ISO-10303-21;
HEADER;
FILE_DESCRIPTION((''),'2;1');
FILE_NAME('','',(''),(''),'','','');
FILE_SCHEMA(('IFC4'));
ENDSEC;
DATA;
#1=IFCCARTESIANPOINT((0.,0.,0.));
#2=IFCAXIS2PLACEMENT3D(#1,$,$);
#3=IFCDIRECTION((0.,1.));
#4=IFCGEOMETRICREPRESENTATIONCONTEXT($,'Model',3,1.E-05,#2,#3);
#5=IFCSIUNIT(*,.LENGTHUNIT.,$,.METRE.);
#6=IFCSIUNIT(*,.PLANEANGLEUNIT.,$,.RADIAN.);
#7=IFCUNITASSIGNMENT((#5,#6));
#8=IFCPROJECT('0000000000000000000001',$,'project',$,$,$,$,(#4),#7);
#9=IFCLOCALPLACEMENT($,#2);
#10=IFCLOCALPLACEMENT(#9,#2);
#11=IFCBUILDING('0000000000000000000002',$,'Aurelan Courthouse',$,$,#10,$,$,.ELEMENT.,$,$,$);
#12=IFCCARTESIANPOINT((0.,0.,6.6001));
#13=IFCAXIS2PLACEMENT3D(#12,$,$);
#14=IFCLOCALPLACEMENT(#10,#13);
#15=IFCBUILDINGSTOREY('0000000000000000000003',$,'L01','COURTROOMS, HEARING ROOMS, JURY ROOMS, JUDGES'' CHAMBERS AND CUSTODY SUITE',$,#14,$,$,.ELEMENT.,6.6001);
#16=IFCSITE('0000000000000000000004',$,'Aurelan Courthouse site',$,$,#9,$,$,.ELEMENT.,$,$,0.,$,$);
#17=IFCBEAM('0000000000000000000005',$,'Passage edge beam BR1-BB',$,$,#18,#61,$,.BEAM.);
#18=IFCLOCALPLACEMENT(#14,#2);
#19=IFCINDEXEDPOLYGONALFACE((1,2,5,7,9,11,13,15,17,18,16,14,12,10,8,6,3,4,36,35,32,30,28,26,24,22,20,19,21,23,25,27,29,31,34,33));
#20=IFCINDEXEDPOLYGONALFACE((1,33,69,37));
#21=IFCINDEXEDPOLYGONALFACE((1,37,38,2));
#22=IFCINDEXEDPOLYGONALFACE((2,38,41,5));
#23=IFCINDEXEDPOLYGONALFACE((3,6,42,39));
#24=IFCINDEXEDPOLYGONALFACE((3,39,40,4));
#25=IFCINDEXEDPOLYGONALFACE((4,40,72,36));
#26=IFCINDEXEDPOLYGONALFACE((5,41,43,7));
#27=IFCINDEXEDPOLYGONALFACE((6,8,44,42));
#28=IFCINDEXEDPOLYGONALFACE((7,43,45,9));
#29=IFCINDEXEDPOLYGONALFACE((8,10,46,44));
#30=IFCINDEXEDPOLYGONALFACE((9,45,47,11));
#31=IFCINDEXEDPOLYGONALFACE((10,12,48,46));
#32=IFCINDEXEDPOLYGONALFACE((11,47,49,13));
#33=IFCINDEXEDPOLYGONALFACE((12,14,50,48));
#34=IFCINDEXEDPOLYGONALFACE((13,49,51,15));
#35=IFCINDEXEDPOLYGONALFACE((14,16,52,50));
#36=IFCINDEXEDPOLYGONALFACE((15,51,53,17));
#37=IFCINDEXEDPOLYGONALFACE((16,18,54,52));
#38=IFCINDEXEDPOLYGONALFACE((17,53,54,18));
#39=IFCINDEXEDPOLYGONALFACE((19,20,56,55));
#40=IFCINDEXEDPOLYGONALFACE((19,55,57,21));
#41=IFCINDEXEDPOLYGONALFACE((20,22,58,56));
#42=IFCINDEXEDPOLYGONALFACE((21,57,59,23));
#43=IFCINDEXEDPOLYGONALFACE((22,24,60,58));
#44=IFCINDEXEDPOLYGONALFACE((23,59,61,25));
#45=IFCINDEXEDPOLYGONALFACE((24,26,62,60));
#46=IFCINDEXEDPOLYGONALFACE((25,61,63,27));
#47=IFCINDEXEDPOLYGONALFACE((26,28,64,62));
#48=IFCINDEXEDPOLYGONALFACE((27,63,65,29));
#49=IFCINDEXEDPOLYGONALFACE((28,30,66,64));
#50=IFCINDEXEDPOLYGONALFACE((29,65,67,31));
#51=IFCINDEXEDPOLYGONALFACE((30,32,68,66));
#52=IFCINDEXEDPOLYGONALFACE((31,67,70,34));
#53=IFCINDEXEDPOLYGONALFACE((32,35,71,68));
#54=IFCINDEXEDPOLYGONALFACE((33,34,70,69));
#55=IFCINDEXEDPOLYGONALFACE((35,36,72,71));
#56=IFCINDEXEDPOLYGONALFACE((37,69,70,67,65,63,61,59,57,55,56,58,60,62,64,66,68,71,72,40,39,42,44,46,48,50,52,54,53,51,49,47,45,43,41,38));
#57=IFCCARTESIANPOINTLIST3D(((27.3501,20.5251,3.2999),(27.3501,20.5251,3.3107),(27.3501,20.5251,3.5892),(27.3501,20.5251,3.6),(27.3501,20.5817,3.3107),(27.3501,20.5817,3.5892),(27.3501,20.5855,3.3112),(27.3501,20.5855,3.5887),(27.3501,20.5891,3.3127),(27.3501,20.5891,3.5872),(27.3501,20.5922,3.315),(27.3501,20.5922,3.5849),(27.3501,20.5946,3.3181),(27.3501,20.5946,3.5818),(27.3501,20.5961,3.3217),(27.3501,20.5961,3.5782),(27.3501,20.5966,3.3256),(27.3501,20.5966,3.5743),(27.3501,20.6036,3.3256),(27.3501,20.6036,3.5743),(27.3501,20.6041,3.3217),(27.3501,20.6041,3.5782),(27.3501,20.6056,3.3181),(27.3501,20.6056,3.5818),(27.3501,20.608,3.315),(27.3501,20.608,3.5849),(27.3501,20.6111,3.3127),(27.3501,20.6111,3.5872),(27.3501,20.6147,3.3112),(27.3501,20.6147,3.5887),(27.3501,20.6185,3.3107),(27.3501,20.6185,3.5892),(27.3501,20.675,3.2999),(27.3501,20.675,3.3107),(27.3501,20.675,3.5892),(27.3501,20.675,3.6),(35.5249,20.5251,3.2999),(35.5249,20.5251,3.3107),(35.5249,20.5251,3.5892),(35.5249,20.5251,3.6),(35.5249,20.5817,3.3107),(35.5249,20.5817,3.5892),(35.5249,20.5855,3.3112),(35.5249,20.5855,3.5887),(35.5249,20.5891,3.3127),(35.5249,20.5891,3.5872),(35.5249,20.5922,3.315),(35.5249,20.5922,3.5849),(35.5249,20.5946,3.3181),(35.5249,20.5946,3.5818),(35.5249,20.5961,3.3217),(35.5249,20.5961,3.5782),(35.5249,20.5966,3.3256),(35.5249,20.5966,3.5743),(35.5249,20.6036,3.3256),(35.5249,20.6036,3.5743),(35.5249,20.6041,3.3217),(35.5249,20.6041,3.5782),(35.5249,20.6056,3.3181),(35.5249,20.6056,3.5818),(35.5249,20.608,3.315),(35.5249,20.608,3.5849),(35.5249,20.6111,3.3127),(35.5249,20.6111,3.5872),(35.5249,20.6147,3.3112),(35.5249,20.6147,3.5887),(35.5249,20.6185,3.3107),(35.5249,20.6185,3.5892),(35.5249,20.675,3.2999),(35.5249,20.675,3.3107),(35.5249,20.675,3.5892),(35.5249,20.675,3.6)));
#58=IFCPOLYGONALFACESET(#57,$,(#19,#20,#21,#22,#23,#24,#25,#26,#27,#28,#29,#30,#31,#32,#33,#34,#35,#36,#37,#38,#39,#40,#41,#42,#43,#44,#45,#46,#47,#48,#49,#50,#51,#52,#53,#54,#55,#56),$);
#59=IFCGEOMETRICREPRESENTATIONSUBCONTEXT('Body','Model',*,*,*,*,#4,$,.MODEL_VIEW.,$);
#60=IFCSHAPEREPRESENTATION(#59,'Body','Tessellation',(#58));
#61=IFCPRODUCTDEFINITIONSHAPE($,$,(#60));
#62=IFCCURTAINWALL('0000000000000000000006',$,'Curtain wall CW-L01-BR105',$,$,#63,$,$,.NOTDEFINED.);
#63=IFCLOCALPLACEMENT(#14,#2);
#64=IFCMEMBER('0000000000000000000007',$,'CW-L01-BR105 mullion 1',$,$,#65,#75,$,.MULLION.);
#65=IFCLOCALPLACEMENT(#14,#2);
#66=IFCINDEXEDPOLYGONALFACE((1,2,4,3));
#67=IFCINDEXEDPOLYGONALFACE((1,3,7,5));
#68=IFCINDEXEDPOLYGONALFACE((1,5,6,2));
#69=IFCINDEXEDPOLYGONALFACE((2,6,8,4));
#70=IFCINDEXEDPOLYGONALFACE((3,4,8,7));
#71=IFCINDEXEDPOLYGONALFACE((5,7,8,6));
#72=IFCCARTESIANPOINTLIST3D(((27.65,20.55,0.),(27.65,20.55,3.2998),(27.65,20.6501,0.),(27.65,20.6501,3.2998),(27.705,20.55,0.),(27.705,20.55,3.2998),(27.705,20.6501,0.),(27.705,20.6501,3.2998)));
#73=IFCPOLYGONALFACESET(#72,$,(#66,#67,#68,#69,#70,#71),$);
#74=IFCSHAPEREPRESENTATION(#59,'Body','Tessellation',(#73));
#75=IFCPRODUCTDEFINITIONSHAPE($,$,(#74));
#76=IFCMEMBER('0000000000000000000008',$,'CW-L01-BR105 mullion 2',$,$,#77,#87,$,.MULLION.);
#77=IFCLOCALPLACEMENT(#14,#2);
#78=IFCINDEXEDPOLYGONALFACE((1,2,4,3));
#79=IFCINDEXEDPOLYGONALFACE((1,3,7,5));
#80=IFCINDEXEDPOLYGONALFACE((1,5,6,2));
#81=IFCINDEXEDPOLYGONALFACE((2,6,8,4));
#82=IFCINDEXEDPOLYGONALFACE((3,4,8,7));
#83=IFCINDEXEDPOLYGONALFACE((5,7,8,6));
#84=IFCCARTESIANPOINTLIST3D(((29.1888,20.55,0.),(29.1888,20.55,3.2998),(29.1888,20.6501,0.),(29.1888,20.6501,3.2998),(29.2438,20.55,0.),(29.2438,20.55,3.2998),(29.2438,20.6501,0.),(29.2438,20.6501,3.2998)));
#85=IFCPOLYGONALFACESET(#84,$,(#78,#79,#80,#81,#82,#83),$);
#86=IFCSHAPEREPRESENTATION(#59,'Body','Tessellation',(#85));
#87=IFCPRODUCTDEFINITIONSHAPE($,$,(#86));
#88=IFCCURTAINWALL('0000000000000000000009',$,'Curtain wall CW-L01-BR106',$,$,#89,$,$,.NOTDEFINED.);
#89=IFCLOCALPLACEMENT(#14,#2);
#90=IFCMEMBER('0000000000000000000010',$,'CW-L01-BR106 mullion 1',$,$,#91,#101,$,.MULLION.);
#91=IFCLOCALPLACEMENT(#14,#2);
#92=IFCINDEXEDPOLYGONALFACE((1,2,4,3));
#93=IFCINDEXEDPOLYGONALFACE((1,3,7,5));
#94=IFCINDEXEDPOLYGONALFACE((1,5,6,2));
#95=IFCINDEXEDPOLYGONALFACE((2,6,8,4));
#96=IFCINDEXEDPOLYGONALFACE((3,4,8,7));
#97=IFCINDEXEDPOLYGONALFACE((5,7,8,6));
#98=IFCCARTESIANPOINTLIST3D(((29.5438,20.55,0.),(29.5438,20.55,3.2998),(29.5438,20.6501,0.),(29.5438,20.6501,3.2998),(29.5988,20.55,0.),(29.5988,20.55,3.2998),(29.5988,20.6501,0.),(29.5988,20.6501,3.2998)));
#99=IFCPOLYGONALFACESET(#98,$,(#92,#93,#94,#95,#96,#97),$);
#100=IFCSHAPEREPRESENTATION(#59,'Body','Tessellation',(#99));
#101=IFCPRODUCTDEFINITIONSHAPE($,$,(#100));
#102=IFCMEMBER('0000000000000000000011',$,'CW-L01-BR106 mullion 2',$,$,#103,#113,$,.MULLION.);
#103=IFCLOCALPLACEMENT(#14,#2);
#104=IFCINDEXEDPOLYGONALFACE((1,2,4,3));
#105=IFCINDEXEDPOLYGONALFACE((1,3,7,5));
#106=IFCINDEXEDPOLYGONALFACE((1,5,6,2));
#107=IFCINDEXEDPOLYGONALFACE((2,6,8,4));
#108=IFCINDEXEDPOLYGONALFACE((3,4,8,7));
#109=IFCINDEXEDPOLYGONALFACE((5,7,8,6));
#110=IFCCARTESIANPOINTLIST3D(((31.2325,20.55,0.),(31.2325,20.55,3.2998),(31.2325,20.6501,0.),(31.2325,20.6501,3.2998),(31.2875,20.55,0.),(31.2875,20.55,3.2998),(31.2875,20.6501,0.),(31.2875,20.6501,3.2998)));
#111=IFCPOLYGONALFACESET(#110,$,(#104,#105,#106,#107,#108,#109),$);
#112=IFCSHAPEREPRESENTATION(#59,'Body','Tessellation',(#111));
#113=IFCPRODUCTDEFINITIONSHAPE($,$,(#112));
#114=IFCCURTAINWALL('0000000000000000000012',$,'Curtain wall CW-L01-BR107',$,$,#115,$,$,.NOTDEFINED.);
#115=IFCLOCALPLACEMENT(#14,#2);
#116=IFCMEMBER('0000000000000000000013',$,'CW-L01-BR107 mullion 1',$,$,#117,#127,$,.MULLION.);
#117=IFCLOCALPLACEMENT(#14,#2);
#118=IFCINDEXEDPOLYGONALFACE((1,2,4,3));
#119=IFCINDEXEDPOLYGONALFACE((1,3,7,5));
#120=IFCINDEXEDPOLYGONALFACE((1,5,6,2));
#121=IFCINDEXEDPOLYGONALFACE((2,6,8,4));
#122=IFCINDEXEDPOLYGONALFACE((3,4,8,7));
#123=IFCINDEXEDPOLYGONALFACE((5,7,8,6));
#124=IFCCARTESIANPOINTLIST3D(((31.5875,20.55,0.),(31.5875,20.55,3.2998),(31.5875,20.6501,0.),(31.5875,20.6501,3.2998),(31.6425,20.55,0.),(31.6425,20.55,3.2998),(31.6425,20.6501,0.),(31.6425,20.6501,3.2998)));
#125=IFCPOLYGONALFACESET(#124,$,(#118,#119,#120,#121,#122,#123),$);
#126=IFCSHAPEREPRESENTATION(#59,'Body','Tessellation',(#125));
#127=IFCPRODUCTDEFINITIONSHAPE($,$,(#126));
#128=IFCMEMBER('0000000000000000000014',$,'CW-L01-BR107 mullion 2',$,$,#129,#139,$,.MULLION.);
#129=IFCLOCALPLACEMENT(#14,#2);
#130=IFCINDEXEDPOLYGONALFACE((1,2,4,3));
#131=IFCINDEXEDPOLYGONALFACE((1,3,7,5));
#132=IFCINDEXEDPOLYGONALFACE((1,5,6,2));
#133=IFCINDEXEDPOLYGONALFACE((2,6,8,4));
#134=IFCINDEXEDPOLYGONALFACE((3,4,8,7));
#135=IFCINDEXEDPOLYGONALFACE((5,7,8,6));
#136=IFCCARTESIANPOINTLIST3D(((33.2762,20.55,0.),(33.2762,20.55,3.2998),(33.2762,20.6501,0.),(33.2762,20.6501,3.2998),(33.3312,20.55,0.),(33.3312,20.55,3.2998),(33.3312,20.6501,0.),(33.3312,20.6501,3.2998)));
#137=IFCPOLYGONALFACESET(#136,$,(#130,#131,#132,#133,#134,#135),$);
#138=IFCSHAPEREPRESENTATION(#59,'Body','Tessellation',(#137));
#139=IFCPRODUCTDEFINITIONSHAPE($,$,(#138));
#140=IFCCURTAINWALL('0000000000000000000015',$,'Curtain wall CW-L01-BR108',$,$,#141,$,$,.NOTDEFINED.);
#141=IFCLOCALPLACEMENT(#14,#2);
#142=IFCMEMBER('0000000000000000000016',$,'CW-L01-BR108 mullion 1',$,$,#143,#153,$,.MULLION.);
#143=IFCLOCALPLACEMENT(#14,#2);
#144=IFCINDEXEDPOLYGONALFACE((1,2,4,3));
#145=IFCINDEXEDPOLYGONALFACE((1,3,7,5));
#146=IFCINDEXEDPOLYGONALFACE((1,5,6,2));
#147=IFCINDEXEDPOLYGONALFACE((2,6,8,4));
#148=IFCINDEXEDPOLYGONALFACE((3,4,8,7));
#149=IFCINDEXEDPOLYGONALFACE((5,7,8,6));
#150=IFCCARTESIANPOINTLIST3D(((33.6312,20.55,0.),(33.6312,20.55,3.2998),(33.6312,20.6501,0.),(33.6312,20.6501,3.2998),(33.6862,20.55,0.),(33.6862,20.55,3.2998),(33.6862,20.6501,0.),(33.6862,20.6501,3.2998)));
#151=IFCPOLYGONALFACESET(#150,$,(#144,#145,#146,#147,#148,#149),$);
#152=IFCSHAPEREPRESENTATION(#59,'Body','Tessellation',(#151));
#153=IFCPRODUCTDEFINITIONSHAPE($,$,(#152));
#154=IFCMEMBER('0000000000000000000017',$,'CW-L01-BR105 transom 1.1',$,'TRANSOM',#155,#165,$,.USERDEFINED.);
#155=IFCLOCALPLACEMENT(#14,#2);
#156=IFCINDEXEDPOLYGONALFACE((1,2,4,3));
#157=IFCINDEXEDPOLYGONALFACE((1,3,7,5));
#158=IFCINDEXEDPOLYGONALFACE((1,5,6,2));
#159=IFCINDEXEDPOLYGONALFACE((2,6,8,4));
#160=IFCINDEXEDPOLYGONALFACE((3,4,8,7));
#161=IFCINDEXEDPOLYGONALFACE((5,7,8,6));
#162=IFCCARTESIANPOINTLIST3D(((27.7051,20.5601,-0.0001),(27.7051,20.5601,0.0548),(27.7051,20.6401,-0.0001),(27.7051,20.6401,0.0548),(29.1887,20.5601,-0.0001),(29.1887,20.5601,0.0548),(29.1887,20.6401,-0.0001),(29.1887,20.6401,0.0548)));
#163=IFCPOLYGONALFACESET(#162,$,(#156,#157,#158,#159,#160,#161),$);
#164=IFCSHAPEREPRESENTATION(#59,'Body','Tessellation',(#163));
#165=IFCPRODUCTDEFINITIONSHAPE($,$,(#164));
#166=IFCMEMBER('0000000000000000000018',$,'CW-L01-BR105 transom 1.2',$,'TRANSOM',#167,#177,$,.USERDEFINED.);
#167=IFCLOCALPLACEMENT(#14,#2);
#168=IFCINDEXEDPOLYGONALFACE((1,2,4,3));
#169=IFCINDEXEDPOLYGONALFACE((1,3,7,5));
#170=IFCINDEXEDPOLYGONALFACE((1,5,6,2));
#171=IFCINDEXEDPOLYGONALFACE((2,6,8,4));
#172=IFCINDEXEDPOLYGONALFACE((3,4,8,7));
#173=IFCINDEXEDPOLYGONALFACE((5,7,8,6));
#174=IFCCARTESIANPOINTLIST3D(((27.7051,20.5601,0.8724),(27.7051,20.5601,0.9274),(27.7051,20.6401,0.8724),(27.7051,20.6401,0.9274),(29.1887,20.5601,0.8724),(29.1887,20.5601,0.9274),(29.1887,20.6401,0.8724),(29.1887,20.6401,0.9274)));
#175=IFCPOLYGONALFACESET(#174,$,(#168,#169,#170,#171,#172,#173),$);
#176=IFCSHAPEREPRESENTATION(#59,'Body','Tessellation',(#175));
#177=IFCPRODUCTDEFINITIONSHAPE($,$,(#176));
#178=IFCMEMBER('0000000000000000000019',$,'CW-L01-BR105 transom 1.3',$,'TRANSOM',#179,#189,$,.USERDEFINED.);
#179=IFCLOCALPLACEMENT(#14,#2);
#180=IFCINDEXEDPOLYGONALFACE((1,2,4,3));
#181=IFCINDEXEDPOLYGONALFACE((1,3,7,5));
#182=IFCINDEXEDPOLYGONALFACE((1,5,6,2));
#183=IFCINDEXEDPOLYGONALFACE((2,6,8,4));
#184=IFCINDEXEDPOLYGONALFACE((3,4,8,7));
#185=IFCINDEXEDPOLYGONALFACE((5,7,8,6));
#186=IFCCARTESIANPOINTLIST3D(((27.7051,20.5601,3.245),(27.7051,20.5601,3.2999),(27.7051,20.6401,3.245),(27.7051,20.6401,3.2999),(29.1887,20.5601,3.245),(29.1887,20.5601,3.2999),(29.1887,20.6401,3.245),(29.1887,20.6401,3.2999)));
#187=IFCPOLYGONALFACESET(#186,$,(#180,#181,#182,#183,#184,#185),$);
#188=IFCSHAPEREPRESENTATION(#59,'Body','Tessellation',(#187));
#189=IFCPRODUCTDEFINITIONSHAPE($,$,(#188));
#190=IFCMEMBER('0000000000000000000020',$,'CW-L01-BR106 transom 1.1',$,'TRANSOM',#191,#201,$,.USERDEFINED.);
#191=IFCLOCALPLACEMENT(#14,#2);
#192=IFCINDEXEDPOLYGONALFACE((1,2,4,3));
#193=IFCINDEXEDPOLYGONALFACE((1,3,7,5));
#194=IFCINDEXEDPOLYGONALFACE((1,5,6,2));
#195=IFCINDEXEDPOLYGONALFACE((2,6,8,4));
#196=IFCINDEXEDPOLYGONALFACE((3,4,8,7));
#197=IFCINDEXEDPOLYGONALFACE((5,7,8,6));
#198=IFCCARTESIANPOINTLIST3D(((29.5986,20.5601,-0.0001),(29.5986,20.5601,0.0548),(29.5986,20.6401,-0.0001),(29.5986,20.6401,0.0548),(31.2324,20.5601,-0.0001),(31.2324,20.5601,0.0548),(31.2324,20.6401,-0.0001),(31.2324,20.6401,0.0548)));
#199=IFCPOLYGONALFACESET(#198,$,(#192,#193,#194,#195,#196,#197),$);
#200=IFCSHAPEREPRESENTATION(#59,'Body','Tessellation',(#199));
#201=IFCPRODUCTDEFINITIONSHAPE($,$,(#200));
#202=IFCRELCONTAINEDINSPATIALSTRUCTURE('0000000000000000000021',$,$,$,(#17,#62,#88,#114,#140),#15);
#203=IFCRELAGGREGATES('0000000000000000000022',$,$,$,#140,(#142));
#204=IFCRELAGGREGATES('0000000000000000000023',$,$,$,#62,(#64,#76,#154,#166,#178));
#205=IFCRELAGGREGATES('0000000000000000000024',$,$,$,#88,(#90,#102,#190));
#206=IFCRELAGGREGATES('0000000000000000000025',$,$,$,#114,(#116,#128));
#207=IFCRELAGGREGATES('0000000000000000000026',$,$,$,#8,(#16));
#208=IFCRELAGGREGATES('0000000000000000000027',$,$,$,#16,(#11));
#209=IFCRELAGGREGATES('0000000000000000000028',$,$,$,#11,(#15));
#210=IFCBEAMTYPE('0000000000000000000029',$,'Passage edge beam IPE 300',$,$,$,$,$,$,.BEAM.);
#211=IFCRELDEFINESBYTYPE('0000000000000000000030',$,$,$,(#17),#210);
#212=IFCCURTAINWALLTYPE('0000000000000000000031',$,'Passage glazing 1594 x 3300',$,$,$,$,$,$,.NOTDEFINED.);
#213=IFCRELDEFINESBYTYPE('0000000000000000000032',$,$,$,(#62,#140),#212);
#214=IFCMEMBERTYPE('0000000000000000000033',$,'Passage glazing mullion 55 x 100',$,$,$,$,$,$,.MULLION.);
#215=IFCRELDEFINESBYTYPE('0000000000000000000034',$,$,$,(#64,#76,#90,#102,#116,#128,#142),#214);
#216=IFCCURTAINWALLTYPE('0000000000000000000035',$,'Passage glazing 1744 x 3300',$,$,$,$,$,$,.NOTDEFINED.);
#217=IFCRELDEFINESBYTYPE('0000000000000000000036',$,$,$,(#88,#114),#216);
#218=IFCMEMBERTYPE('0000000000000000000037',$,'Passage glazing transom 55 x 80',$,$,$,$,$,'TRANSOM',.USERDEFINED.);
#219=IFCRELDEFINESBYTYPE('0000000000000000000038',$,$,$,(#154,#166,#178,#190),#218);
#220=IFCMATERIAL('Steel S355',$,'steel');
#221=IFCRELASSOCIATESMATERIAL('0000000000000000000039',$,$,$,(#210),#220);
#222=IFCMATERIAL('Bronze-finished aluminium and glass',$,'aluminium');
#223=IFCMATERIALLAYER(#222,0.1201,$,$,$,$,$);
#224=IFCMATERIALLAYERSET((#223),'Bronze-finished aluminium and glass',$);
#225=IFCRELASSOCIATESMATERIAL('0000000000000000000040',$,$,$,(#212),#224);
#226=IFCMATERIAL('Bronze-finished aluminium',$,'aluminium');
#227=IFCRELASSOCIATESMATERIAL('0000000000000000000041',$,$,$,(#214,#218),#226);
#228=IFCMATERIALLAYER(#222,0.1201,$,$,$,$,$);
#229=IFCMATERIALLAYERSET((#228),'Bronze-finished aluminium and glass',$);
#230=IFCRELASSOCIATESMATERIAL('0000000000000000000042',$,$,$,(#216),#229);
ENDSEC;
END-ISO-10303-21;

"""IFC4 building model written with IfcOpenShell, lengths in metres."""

from ifc_helpers import new_model, si_unit, direction, frame, origin, origin_2d, place, context, subcontext, project, spatial, rectangle, i_section, extrude, material, layer, layer_set, material_profile, profile_set, type_object, element, aggregate, save


model = new_model("IFC4")

# Units and contexts
model_context = context("Model", 3, precision=1e-05, world=origin(), true_north=direction((0.0, 1.0)))
body_context = subcontext(model_context, "Body", "Model", "MODEL_VIEW")
ifc_project = project(units=[si_unit("LENGTHUNIT", "METRE"), si_unit("PLANEANGLEUNIT", "RADIAN")], contexts=[model_context])

# Site, building, storey
site_placement = place(None, origin())
site = spatial("IfcSite", under=ifc_project, at=site_placement, Name="Aurelan Courthouse site", CompositionType="ELEMENT", RefElevation=0.0)
building_placement = place(site_placement, origin())
building = spatial("IfcBuilding", under=site, at=building_placement, Name="Aurelan Courthouse", CompositionType="ELEMENT")
storey_placement = place(building_placement, frame((0.0, 0.0, 6.6001)))
storey = spatial("IfcBuildingStorey", under=building, at=storey_placement, Name="L01", Description="COURTROOMS, HEARING ROOMS, JURY ROOMS, JUDGES' CHAMBERS AND CUSTODY SUITE", CompositionType="ELEMENT", Elevation=6.6001)

# Shared definitions
ifc_material_1 = material(Name="Steel S355", Category="steel")

# Beam
ifc_material_profile_1 = material_profile(ifc_material_1, i_section(OverallWidth=0.1499, OverallDepth=0.3, WebThickness=0.0071, FlangeThickness=0.0107, FilletRadius=0.0149, at=origin_2d()), Name="IPE 300")
ifc_profile_set_1 = profile_set([ifc_material_profile_1], Name="Steel S355")
beam_type_1 = type_object("IfcBeamType", Name="Passage edge beam IPE 300", PredefinedType="BEAM", material=ifc_profile_set_1)
beam_1_placement = place(storey_placement, frame((27.3501, 20.6001, 3.45), z_axis=(1.0, 0.0, 0.0), x_axis=(0.0, 1.0, 0.0)))
element("IfcBeam", 1, at=beam_1_placement, inside=storey, type_object=beam_type_1, Name="Passage edge beam BR1-BB", PredefinedType="BEAM", context=body_context, shape_type="SweptSolid", body=[
    extrude(i_section(OverallWidth=0.1499, OverallDepth=0.3, WebThickness=0.0071, FlangeThickness=0.0107, FilletRadius=0.0149, at=origin_2d()), origin(), (0.0, 0.0, 1.0), 8.1748),
])

# Curtain walls, members
ifc_material_2 = material(Name="Bronze-finished aluminium and glass", Category="aluminium")
ifc_layer_1 = layer(ifc_material_2, 0.1201)
ifc_layer_set_1 = layer_set([ifc_layer_1], Name="Bronze-finished aluminium and glass")
curtain_wall_type_1 = type_object("IfcCurtainWallType", Name="Passage glazing 1594 x 3300", PredefinedType="NOTDEFINED", material=ifc_layer_set_1)
curtain_wall_1_placement = place(storey_placement, origin())
curtain_wall_1 = element("IfcCurtainWall", 2, at=curtain_wall_1_placement, inside=storey, type_object=curtain_wall_type_1, Name="Curtain wall CW-L01-BR105", PredefinedType="NOTDEFINED")
ifc_material_3 = material(Name="Bronze-finished aluminium", Category="aluminium")
ifc_material_profile_2 = material_profile(ifc_material_3, rectangle(XDim=0.1001, YDim=0.0549, at=origin_2d()), Name="Passage glazing mullion 55 x 100")
ifc_profile_set_2 = profile_set([ifc_material_profile_2], Name="Bronze-finished aluminium")
member_type_1 = type_object("IfcMemberType", Name="Passage glazing mullion 55 x 100", PredefinedType="MULLION", material=ifc_profile_set_2)
member_1_placement = place(storey_placement, frame((27.6775, 20.6001, 0.0), z_axis=(0.0, 0.0, 1.0), x_axis=(0.0, 1.0, 0.0)))
member_1 = element("IfcMember", 3, at=member_1_placement, type_object=member_type_1, Name="CW-L01-BR105 mullion 1", PredefinedType="MULLION", context=body_context, shape_type="SweptSolid", body=[
    extrude(rectangle(XDim=0.1001, YDim=0.0549, at=origin_2d()), origin(), (0.0, 0.0, 1.0), 3.2998),
])
member_2_placement = place(storey_placement, frame((29.2163, 20.6001, 0.0), z_axis=(0.0, 0.0, 1.0), x_axis=(0.0, 1.0, 0.0)))
member_2 = element("IfcMember", 4, at=member_2_placement, type_object=member_type_1, Name="CW-L01-BR105 mullion 2", PredefinedType="MULLION", context=body_context, shape_type="SweptSolid", body=[
    extrude(rectangle(XDim=0.1001, YDim=0.0549, at=origin_2d()), origin(), (0.0, 0.0, 1.0), 3.2998),
])
ifc_layer_2 = layer(ifc_material_2, 0.1201)
ifc_layer_set_2 = layer_set([ifc_layer_2], Name="Bronze-finished aluminium and glass")
curtain_wall_type_2 = type_object("IfcCurtainWallType", Name="Passage glazing 1744 x 3300", PredefinedType="NOTDEFINED", material=ifc_layer_set_2)
curtain_wall_2_placement = place(storey_placement, origin())
curtain_wall_2 = element("IfcCurtainWall", 5, at=curtain_wall_2_placement, inside=storey, type_object=curtain_wall_type_2, Name="Curtain wall CW-L01-BR106", PredefinedType="NOTDEFINED")
member_3_placement = place(storey_placement, frame((29.5713, 20.6001, 0.0), z_axis=(0.0, 0.0, 1.0), x_axis=(0.0, 1.0, 0.0)))
member_3 = element("IfcMember", 6, at=member_3_placement, type_object=member_type_1, Name="CW-L01-BR106 mullion 1", PredefinedType="MULLION", context=body_context, shape_type="SweptSolid", body=[
    extrude(rectangle(XDim=0.1001, YDim=0.0549, at=origin_2d()), origin(), (0.0, 0.0, 1.0), 3.2998),
])
member_4_placement = place(storey_placement, frame((31.26, 20.6001, 0.0), z_axis=(0.0, 0.0, 1.0), x_axis=(0.0, 1.0, 0.0)))
member_4 = element("IfcMember", 7, at=member_4_placement, type_object=member_type_1, Name="CW-L01-BR106 mullion 2", PredefinedType="MULLION", context=body_context, shape_type="SweptSolid", body=[
    extrude(rectangle(XDim=0.1001, YDim=0.0549, at=origin_2d()), origin(), (0.0, 0.0, 1.0), 3.2998),
])
curtain_wall_3_placement = place(storey_placement, origin())
curtain_wall_3 = element("IfcCurtainWall", 8, at=curtain_wall_3_placement, inside=storey, type_object=curtain_wall_type_2, Name="Curtain wall CW-L01-BR107", PredefinedType="NOTDEFINED")
member_5_placement = place(storey_placement, frame((31.615, 20.6001, 0.0), z_axis=(0.0, 0.0, 1.0), x_axis=(0.0, 1.0, 0.0)))
member_5 = element("IfcMember", 9, at=member_5_placement, type_object=member_type_1, Name="CW-L01-BR107 mullion 1", PredefinedType="MULLION", context=body_context, shape_type="SweptSolid", body=[
    extrude(rectangle(XDim=0.1001, YDim=0.0549, at=origin_2d()), origin(), (0.0, 0.0, 1.0), 3.2998),
])
member_6_placement = place(storey_placement, frame((33.3037, 20.6001, 0.0), z_axis=(0.0, 0.0, 1.0), x_axis=(0.0, 1.0, 0.0)))
member_6 = element("IfcMember", 10, at=member_6_placement, type_object=member_type_1, Name="CW-L01-BR107 mullion 2", PredefinedType="MULLION", context=body_context, shape_type="SweptSolid", body=[
    extrude(rectangle(XDim=0.1001, YDim=0.0549, at=origin_2d()), origin(), (0.0, 0.0, 1.0), 3.2998),
])

# Curtain wall, member
curtain_wall_4_placement = place(storey_placement, origin())
curtain_wall_4 = element("IfcCurtainWall", 11, at=curtain_wall_4_placement, inside=storey, type_object=curtain_wall_type_1, Name="Curtain wall CW-L01-BR108", PredefinedType="NOTDEFINED")
member_7_placement = place(storey_placement, frame((33.6587, 20.6001, 0.0), z_axis=(0.0, 0.0, 1.0), x_axis=(0.0, 1.0, 0.0)))
member_7 = element("IfcMember", 12, at=member_7_placement, type_object=member_type_1, Name="CW-L01-BR108 mullion 1", PredefinedType="MULLION", context=body_context, shape_type="SweptSolid", body=[
    extrude(rectangle(XDim=0.1001, YDim=0.0549, at=origin_2d()), origin(), (0.0, 0.0, 1.0), 3.2998),
])

# Members
ifc_material_profile_3 = material_profile(ifc_material_3, rectangle(XDim=0.0801, YDim=0.0549, at=origin_2d()), Name="Passage glazing transom 55 x 80")
ifc_profile_set_3 = profile_set([ifc_material_profile_3], Name="Bronze-finished aluminium")
member_type_2 = type_object("IfcMemberType", Name="Passage glazing transom 55 x 80", ElementType="TRANSOM", PredefinedType="USERDEFINED", material=ifc_profile_set_3)
member_8_placement = place(storey_placement, frame((27.7051, 20.6001, 0.0273), z_axis=(1.0, 0.0, 0.0), x_axis=(0.0, 1.0, 0.0)))
member_8 = element("IfcMember", 13, at=member_8_placement, type_object=member_type_2, Name="CW-L01-BR105 transom 1.1", ObjectType="TRANSOM", PredefinedType="USERDEFINED", context=body_context, shape_type="SweptSolid", body=[
    extrude(rectangle(XDim=0.0801, YDim=0.0549, at=origin_2d()), origin(), (0.0, 0.0, 1.0), 1.4836),
])
member_9_placement = place(storey_placement, frame((27.7051, 20.6001, 0.8999), z_axis=(1.0, 0.0, 0.0), x_axis=(0.0, 1.0, 0.0)))
member_9 = element("IfcMember", 14, at=member_9_placement, type_object=member_type_2, Name="CW-L01-BR105 transom 1.2", ObjectType="TRANSOM", PredefinedType="USERDEFINED", context=body_context, shape_type="SweptSolid", body=[
    extrude(rectangle(XDim=0.0801, YDim=0.0549, at=origin_2d()), origin(), (0.0, 0.0, 1.0), 1.4836),
])
member_10_placement = place(storey_placement, frame((27.7051, 20.6001, 3.2725), z_axis=(1.0, 0.0, 0.0), x_axis=(0.0, 1.0, 0.0)))
member_10 = element("IfcMember", 15, at=member_10_placement, type_object=member_type_2, Name="CW-L01-BR105 transom 1.3", ObjectType="TRANSOM", PredefinedType="USERDEFINED", context=body_context, shape_type="SweptSolid", body=[
    extrude(rectangle(XDim=0.0801, YDim=0.0549, at=origin_2d()), origin(), (0.0, 0.0, 1.0), 1.4836),
])
member_11_placement = place(storey_placement, frame((29.5986, 20.6001, 0.0273), z_axis=(1.0, 0.0, 0.0), x_axis=(0.0, 1.0, 0.0)))
member_11 = element("IfcMember", 16, at=member_11_placement, type_object=member_type_2, Name="CW-L01-BR106 transom 1.1", ObjectType="TRANSOM", PredefinedType="USERDEFINED", context=body_context, shape_type="SweptSolid", body=[
    extrude(rectangle(XDim=0.0801, YDim=0.0549, at=origin_2d()), origin(), (0.0, 0.0, 1.0), 1.6338),
])
aggregate(curtain_wall_4, [member_7])

aggregate(curtain_wall_1, [member_1, member_2, member_8, member_9, member_10])
aggregate(curtain_wall_2, [member_3, member_4, member_11])
aggregate(curtain_wall_3, [member_5, member_6])

save(model, "model.ifc")
